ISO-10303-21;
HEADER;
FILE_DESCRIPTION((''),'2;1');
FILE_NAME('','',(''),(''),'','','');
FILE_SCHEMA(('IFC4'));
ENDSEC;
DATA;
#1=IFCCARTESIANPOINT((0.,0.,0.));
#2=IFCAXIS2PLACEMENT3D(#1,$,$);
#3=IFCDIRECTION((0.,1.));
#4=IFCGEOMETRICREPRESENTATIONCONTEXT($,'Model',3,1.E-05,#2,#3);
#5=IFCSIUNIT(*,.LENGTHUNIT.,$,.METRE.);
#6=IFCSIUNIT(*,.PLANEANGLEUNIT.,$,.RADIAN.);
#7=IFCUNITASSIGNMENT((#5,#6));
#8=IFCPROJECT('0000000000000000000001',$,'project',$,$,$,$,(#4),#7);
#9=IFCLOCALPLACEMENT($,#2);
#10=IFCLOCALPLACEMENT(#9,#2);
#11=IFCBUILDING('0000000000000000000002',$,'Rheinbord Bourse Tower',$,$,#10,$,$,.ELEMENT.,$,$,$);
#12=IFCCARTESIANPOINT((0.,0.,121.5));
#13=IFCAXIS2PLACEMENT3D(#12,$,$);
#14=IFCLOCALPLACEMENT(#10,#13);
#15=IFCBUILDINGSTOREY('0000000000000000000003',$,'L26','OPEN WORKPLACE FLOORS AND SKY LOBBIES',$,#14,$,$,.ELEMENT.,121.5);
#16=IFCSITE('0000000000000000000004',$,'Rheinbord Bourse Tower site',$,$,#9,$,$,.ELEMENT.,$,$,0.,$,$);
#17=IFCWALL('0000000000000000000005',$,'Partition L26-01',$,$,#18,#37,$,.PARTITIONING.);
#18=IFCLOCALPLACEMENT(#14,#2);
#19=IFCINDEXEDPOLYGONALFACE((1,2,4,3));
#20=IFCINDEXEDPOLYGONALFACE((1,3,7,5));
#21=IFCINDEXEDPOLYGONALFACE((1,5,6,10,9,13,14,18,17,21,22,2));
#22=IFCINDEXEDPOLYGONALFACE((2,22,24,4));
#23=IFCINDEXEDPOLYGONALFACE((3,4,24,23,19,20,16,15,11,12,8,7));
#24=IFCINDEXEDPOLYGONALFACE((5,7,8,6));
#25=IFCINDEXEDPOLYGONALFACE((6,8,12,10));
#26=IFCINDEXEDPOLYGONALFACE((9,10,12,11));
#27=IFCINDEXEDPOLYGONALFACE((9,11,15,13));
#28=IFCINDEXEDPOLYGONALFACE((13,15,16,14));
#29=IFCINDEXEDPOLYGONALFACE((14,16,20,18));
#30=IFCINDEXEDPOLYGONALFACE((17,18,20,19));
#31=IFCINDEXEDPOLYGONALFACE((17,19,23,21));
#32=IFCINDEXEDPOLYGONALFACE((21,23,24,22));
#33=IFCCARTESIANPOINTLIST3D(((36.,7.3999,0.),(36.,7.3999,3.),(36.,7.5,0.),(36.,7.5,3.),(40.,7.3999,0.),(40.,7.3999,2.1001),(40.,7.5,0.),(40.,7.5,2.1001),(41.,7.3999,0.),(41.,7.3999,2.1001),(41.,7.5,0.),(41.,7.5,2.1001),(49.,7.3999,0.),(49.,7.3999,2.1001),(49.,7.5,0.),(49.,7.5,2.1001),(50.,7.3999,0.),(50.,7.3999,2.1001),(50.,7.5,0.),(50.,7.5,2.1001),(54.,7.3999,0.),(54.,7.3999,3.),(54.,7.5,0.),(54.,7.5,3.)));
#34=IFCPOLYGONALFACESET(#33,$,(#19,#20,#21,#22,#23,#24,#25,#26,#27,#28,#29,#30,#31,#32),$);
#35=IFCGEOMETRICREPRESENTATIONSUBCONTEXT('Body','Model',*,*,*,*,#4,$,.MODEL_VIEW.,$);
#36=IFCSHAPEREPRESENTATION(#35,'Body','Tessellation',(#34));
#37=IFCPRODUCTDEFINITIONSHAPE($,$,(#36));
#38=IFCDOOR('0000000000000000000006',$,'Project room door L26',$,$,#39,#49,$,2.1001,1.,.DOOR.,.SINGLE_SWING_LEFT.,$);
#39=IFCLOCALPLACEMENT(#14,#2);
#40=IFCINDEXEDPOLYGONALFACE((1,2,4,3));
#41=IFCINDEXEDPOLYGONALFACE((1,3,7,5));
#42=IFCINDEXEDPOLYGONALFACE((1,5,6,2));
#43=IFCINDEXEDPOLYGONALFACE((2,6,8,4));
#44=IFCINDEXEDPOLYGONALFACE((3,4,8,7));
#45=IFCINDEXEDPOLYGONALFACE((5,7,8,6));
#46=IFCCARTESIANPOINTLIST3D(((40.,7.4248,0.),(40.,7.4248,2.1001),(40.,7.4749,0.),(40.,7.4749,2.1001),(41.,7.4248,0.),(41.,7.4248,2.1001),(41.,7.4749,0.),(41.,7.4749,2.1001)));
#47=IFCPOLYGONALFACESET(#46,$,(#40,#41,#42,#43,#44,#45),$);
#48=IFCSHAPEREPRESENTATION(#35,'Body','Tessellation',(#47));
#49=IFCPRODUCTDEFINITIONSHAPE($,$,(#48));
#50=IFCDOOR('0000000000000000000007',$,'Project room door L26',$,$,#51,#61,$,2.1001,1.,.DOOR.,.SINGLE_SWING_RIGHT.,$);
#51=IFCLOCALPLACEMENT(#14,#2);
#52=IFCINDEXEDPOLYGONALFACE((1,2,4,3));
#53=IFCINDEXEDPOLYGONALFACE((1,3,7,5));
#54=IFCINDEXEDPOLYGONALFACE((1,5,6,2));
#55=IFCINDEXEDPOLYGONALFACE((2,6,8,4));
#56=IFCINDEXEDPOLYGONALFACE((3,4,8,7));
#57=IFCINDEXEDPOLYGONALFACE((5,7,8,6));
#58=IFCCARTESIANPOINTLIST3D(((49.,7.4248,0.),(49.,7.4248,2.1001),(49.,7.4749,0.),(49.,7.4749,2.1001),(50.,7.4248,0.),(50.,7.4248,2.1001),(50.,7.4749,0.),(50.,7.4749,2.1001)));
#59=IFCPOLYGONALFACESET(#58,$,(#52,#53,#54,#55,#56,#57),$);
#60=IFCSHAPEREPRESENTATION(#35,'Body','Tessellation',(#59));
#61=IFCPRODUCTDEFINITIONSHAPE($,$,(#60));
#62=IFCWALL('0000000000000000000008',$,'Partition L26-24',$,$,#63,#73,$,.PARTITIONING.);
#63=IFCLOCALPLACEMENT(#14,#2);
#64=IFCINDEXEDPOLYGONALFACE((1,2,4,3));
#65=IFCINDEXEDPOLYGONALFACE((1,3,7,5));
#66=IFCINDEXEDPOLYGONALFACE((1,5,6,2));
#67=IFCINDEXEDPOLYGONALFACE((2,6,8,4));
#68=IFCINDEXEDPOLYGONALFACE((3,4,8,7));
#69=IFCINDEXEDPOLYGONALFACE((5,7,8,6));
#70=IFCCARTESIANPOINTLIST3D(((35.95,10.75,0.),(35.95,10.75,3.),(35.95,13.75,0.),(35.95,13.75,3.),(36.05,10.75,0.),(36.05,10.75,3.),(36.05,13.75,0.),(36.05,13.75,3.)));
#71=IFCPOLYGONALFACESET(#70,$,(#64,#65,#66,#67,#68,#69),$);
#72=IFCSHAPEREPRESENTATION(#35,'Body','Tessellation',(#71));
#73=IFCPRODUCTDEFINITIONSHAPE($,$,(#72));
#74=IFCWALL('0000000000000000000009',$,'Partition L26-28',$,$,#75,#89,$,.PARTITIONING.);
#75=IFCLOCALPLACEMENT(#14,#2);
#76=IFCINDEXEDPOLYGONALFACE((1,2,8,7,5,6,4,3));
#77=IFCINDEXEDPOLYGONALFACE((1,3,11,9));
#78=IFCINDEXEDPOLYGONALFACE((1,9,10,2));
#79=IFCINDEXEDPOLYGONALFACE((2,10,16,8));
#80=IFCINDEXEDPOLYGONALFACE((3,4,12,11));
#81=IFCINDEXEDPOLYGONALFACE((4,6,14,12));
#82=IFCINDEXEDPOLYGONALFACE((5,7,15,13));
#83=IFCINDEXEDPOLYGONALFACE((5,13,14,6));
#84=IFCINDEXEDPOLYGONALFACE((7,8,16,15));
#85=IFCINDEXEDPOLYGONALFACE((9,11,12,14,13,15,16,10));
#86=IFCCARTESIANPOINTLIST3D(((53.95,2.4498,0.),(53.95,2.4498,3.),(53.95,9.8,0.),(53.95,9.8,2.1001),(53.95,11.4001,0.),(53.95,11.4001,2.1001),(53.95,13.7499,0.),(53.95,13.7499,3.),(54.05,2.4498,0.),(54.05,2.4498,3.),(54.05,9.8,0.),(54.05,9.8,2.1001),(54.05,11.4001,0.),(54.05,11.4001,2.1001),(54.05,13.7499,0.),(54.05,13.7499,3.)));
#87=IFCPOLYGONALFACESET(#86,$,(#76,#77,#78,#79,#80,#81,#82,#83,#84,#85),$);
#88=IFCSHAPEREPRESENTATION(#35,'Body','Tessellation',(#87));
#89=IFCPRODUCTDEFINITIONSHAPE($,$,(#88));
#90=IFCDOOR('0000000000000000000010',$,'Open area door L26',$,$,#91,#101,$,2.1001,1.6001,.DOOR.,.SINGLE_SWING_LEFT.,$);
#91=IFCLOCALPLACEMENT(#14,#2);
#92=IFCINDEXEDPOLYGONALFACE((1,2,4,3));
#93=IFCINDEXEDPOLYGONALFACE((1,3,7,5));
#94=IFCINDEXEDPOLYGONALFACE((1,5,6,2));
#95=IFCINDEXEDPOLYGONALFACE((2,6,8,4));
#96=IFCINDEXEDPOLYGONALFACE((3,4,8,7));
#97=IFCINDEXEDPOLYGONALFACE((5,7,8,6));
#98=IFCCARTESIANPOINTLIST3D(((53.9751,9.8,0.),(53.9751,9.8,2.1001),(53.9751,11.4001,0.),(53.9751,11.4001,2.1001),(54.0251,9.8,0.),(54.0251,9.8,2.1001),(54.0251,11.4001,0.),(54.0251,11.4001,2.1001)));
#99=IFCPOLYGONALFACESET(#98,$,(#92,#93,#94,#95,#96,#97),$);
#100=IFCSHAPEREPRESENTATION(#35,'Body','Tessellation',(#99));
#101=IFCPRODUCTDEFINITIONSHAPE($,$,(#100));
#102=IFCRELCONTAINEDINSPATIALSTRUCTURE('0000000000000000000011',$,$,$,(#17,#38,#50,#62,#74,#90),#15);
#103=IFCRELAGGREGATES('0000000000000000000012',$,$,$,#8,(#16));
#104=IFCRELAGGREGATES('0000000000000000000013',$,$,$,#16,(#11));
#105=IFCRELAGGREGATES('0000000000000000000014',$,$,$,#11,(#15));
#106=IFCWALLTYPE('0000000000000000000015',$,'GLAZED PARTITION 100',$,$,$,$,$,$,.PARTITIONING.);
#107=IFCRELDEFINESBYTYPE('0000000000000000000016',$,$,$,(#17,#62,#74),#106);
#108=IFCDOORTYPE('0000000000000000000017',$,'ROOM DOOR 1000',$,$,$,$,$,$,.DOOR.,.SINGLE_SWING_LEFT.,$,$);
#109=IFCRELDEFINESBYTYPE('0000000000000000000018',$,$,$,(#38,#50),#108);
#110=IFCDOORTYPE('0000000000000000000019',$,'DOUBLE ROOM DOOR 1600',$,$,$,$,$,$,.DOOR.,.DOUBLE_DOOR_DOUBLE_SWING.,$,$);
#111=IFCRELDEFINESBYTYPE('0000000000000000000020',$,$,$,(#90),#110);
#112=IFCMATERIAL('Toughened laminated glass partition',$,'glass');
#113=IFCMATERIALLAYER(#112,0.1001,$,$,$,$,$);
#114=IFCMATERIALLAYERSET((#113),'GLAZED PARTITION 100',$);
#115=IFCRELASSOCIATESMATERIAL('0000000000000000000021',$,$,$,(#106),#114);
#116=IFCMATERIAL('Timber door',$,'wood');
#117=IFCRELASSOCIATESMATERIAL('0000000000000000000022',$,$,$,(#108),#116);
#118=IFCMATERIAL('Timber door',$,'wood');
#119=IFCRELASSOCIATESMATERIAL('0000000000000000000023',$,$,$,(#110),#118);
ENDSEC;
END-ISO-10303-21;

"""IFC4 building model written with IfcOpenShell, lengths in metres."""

from ifc_helpers import new_model, si_unit, direction, frame, frame_2d, origin, place, context, subcontext, project, spatial, rectangle, extrude, material, layer, layer_set, type_object, element, fill, save


model = new_model("IFC4")

# Units and contexts
model_context = context("Model", 3, precision=1e-05, world=origin(), true_north=direction((0.0, 1.0)))
body_context = subcontext(model_context, "Body", "Model", "MODEL_VIEW")
ifc_project = project(units=[si_unit("LENGTHUNIT", "METRE"), si_unit("PLANEANGLEUNIT", "RADIAN")], contexts=[model_context])

# Site, building, storey
site_placement = place(None, origin())
site = spatial("IfcSite", under=ifc_project, at=site_placement, Name="Rheinbord Bourse Tower site", CompositionType="ELEMENT", RefElevation=0.0)
building_placement = place(site_placement, origin())
building = spatial("IfcBuilding", under=site, at=building_placement, Name="Rheinbord Bourse Tower", CompositionType="ELEMENT")
storey_placement = place(building_placement, frame((0.0, 0.0, 121.5)))
storey = spatial("IfcBuildingStorey", under=building, at=storey_placement, Name="L26", Description="OPEN WORKPLACE FLOORS AND SKY LOBBIES", CompositionType="ELEMENT", Elevation=121.5)

# Wall, openings, doors
ifc_material_1 = material(Name="Toughened laminated glass partition", Category="glass")
ifc_layer_1 = layer(ifc_material_1, 0.1001)
ifc_layer_set_1 = layer_set([ifc_layer_1], Name="GLAZED PARTITION 100")
wall_type_1 = type_object("IfcWallType", Name="GLAZED PARTITION 100", PredefinedType="PARTITIONING", material=ifc_layer_set_1)
wall_1_placement = place(storey_placement, frame((36.0, 7.45, 0.0), z_axis=(0.0, 0.0, 1.0), x_axis=(1.0, 0.0, 0.0)))
wall_1 = element("IfcWall", 1, at=wall_1_placement, inside=storey, type_object=wall_type_1, Name="Partition L26-01", PredefinedType="PARTITIONING", context=body_context, shape_type="SweptSolid", body=[
    extrude(rectangle(XDim=18.0, YDim=0.1001, at=frame_2d((9.0, 0.0))), origin(), (0.0, 0.0, 1.0), 3.0),
])
opening_1_placement = place(wall_1_placement, frame((4.0, 0.0, 0.0)))
opening_1 = element("IfcOpeningElement", 2, at=opening_1_placement, cuts=wall_1, PredefinedType="OPENING", context=body_context, shape_type="SweptSolid", body=[
    extrude(rectangle(XDim=1.0, YDim=2.1001, at=frame_2d((0.5, 1.05))), frame((0.0, 0.0601, 0.0), z_axis=(0.0, -1.0, 0.0), x_axis=(1.0, 0.0, 0.0)), (0.0, 0.0, 1.0), 0.1201),
])
opening_2_placement = place(wall_1_placement, frame((13.0, 0.0, 0.0)))
opening_2 = element("IfcOpeningElement", 3, at=opening_2_placement, cuts=wall_1, PredefinedType="OPENING", context=body_context, shape_type="SweptSolid", body=[
    extrude(rectangle(XDim=1.0, YDim=2.1001, at=frame_2d((0.5, 1.05))), frame((0.0, 0.0601, 0.0), z_axis=(0.0, -1.0, 0.0), x_axis=(1.0, 0.0, 0.0)), (0.0, 0.0, 1.0), 0.1201),
])
ifc_material_2 = material(Name="Timber door", Category="wood")
door_type_1 = type_object("IfcDoorType", Name="ROOM DOOR 1000", OperationType="SINGLE_SWING_LEFT", PredefinedType="DOOR", material=ifc_material_2)
door_1_placement = place(opening_1_placement, origin())
door_1 = element("IfcDoor", 4, at=door_1_placement, inside=storey, type_object=door_type_1, Name="Project room door L26", OperationType="SINGLE_SWING_LEFT", OverallHeight=2.1001, OverallWidth=1.0, PredefinedType="DOOR", context=body_context, shape_type="SweptSolid", body=[
    extrude(rectangle(XDim=1.0, YDim=2.1001, at=frame_2d((0.5, 1.05))), frame((0.0, 0.0249, 0.0), z_axis=(0.0, -1.0, 0.0), x_axis=(1.0, 0.0, 0.0)), (0.0, 0.0, 1.0), 0.05),
])
fill(opening_1, door_1)
door_2_placement = place(opening_2_placement, origin())
door_2 = element("IfcDoor", 5, at=door_2_placement, inside=storey, type_object=door_type_1, Name="Project room door L26", OperationType="SINGLE_SWING_RIGHT", OverallHeight=2.1001, OverallWidth=1.0, PredefinedType="DOOR", context=body_context, shape_type="SweptSolid", body=[
    extrude(rectangle(XDim=1.0, YDim=2.1001, at=frame_2d((0.5, 1.05))), frame((0.0, 0.0249, 0.0), z_axis=(0.0, -1.0, 0.0), x_axis=(1.0, 0.0, 0.0)), (0.0, 0.0, 1.0), 0.05),
])
fill(opening_2, door_2)

# Wall
wall_2_placement = place(storey_placement, frame((36.0, 10.75, 0.0), z_axis=(0.0, 0.0, 1.0), x_axis=(0.0, 1.0, 0.0)))
element("IfcWall", 6, at=wall_2_placement, inside=storey, type_object=wall_type_1, Name="Partition L26-24", PredefinedType="PARTITIONING", context=body_context, shape_type="SweptSolid", body=[
    extrude(rectangle(XDim=3.0, YDim=0.1001, at=frame_2d((1.5, 0.0))), origin(), (0.0, 0.0, 1.0), 3.0),
])

# Wall, opening, door
wall_3_placement = place(storey_placement, frame((54.0, 2.45, 0.0), z_axis=(0.0, 0.0, 1.0), x_axis=(0.0, 1.0, 0.0)))
wall_3 = element("IfcWall", 7, at=wall_3_placement, inside=storey, type_object=wall_type_1, Name="Partition L26-28", PredefinedType="PARTITIONING", context=body_context, shape_type="SweptSolid", body=[
    extrude(rectangle(XDim=11.3, YDim=0.1001, at=frame_2d((5.6499, 0.0))), origin(), (0.0, 0.0, 1.0), 3.0),
])
opening_3_placement = place(wall_3_placement, frame((7.3501, 0.0, 0.0)))
opening_3 = element("IfcOpeningElement", 8, at=opening_3_placement, cuts=wall_3, PredefinedType="OPENING", context=body_context, shape_type="SweptSolid", body=[
    extrude(rectangle(XDim=1.6001, YDim=2.1001, at=frame_2d((0.8, 1.05))), frame((0.0, 0.0601, 0.0), z_axis=(0.0, -1.0, 0.0), x_axis=(1.0, 0.0, 0.0)), (0.0, 0.0, 1.0), 0.1201),
])
ifc_material_3 = material(Name="Timber door", Category="wood")
door_type_2 = type_object("IfcDoorType", Name="DOUBLE ROOM DOOR 1600", OperationType="DOUBLE_DOOR_DOUBLE_SWING", PredefinedType="DOOR", material=ifc_material_3)
door_3_placement = place(opening_3_placement, origin())
door_3 = element("IfcDoor", 9, at=door_3_placement, inside=storey, type_object=door_type_2, Name="Open area door L26", OperationType="SINGLE_SWING_LEFT", OverallHeight=2.1001, OverallWidth=1.6001, PredefinedType="DOOR", context=body_context, shape_type="SweptSolid", body=[
    extrude(rectangle(XDim=1.6001, YDim=2.1001, at=frame_2d((0.8, 1.05))), frame((0.0, 0.0249, 0.0), z_axis=(0.0, -1.0, 0.0), x_axis=(1.0, 0.0, 0.0)), (0.0, 0.0, 1.0), 0.05),
])
fill(opening_3, door_3)

save(model, "model.ifc")
